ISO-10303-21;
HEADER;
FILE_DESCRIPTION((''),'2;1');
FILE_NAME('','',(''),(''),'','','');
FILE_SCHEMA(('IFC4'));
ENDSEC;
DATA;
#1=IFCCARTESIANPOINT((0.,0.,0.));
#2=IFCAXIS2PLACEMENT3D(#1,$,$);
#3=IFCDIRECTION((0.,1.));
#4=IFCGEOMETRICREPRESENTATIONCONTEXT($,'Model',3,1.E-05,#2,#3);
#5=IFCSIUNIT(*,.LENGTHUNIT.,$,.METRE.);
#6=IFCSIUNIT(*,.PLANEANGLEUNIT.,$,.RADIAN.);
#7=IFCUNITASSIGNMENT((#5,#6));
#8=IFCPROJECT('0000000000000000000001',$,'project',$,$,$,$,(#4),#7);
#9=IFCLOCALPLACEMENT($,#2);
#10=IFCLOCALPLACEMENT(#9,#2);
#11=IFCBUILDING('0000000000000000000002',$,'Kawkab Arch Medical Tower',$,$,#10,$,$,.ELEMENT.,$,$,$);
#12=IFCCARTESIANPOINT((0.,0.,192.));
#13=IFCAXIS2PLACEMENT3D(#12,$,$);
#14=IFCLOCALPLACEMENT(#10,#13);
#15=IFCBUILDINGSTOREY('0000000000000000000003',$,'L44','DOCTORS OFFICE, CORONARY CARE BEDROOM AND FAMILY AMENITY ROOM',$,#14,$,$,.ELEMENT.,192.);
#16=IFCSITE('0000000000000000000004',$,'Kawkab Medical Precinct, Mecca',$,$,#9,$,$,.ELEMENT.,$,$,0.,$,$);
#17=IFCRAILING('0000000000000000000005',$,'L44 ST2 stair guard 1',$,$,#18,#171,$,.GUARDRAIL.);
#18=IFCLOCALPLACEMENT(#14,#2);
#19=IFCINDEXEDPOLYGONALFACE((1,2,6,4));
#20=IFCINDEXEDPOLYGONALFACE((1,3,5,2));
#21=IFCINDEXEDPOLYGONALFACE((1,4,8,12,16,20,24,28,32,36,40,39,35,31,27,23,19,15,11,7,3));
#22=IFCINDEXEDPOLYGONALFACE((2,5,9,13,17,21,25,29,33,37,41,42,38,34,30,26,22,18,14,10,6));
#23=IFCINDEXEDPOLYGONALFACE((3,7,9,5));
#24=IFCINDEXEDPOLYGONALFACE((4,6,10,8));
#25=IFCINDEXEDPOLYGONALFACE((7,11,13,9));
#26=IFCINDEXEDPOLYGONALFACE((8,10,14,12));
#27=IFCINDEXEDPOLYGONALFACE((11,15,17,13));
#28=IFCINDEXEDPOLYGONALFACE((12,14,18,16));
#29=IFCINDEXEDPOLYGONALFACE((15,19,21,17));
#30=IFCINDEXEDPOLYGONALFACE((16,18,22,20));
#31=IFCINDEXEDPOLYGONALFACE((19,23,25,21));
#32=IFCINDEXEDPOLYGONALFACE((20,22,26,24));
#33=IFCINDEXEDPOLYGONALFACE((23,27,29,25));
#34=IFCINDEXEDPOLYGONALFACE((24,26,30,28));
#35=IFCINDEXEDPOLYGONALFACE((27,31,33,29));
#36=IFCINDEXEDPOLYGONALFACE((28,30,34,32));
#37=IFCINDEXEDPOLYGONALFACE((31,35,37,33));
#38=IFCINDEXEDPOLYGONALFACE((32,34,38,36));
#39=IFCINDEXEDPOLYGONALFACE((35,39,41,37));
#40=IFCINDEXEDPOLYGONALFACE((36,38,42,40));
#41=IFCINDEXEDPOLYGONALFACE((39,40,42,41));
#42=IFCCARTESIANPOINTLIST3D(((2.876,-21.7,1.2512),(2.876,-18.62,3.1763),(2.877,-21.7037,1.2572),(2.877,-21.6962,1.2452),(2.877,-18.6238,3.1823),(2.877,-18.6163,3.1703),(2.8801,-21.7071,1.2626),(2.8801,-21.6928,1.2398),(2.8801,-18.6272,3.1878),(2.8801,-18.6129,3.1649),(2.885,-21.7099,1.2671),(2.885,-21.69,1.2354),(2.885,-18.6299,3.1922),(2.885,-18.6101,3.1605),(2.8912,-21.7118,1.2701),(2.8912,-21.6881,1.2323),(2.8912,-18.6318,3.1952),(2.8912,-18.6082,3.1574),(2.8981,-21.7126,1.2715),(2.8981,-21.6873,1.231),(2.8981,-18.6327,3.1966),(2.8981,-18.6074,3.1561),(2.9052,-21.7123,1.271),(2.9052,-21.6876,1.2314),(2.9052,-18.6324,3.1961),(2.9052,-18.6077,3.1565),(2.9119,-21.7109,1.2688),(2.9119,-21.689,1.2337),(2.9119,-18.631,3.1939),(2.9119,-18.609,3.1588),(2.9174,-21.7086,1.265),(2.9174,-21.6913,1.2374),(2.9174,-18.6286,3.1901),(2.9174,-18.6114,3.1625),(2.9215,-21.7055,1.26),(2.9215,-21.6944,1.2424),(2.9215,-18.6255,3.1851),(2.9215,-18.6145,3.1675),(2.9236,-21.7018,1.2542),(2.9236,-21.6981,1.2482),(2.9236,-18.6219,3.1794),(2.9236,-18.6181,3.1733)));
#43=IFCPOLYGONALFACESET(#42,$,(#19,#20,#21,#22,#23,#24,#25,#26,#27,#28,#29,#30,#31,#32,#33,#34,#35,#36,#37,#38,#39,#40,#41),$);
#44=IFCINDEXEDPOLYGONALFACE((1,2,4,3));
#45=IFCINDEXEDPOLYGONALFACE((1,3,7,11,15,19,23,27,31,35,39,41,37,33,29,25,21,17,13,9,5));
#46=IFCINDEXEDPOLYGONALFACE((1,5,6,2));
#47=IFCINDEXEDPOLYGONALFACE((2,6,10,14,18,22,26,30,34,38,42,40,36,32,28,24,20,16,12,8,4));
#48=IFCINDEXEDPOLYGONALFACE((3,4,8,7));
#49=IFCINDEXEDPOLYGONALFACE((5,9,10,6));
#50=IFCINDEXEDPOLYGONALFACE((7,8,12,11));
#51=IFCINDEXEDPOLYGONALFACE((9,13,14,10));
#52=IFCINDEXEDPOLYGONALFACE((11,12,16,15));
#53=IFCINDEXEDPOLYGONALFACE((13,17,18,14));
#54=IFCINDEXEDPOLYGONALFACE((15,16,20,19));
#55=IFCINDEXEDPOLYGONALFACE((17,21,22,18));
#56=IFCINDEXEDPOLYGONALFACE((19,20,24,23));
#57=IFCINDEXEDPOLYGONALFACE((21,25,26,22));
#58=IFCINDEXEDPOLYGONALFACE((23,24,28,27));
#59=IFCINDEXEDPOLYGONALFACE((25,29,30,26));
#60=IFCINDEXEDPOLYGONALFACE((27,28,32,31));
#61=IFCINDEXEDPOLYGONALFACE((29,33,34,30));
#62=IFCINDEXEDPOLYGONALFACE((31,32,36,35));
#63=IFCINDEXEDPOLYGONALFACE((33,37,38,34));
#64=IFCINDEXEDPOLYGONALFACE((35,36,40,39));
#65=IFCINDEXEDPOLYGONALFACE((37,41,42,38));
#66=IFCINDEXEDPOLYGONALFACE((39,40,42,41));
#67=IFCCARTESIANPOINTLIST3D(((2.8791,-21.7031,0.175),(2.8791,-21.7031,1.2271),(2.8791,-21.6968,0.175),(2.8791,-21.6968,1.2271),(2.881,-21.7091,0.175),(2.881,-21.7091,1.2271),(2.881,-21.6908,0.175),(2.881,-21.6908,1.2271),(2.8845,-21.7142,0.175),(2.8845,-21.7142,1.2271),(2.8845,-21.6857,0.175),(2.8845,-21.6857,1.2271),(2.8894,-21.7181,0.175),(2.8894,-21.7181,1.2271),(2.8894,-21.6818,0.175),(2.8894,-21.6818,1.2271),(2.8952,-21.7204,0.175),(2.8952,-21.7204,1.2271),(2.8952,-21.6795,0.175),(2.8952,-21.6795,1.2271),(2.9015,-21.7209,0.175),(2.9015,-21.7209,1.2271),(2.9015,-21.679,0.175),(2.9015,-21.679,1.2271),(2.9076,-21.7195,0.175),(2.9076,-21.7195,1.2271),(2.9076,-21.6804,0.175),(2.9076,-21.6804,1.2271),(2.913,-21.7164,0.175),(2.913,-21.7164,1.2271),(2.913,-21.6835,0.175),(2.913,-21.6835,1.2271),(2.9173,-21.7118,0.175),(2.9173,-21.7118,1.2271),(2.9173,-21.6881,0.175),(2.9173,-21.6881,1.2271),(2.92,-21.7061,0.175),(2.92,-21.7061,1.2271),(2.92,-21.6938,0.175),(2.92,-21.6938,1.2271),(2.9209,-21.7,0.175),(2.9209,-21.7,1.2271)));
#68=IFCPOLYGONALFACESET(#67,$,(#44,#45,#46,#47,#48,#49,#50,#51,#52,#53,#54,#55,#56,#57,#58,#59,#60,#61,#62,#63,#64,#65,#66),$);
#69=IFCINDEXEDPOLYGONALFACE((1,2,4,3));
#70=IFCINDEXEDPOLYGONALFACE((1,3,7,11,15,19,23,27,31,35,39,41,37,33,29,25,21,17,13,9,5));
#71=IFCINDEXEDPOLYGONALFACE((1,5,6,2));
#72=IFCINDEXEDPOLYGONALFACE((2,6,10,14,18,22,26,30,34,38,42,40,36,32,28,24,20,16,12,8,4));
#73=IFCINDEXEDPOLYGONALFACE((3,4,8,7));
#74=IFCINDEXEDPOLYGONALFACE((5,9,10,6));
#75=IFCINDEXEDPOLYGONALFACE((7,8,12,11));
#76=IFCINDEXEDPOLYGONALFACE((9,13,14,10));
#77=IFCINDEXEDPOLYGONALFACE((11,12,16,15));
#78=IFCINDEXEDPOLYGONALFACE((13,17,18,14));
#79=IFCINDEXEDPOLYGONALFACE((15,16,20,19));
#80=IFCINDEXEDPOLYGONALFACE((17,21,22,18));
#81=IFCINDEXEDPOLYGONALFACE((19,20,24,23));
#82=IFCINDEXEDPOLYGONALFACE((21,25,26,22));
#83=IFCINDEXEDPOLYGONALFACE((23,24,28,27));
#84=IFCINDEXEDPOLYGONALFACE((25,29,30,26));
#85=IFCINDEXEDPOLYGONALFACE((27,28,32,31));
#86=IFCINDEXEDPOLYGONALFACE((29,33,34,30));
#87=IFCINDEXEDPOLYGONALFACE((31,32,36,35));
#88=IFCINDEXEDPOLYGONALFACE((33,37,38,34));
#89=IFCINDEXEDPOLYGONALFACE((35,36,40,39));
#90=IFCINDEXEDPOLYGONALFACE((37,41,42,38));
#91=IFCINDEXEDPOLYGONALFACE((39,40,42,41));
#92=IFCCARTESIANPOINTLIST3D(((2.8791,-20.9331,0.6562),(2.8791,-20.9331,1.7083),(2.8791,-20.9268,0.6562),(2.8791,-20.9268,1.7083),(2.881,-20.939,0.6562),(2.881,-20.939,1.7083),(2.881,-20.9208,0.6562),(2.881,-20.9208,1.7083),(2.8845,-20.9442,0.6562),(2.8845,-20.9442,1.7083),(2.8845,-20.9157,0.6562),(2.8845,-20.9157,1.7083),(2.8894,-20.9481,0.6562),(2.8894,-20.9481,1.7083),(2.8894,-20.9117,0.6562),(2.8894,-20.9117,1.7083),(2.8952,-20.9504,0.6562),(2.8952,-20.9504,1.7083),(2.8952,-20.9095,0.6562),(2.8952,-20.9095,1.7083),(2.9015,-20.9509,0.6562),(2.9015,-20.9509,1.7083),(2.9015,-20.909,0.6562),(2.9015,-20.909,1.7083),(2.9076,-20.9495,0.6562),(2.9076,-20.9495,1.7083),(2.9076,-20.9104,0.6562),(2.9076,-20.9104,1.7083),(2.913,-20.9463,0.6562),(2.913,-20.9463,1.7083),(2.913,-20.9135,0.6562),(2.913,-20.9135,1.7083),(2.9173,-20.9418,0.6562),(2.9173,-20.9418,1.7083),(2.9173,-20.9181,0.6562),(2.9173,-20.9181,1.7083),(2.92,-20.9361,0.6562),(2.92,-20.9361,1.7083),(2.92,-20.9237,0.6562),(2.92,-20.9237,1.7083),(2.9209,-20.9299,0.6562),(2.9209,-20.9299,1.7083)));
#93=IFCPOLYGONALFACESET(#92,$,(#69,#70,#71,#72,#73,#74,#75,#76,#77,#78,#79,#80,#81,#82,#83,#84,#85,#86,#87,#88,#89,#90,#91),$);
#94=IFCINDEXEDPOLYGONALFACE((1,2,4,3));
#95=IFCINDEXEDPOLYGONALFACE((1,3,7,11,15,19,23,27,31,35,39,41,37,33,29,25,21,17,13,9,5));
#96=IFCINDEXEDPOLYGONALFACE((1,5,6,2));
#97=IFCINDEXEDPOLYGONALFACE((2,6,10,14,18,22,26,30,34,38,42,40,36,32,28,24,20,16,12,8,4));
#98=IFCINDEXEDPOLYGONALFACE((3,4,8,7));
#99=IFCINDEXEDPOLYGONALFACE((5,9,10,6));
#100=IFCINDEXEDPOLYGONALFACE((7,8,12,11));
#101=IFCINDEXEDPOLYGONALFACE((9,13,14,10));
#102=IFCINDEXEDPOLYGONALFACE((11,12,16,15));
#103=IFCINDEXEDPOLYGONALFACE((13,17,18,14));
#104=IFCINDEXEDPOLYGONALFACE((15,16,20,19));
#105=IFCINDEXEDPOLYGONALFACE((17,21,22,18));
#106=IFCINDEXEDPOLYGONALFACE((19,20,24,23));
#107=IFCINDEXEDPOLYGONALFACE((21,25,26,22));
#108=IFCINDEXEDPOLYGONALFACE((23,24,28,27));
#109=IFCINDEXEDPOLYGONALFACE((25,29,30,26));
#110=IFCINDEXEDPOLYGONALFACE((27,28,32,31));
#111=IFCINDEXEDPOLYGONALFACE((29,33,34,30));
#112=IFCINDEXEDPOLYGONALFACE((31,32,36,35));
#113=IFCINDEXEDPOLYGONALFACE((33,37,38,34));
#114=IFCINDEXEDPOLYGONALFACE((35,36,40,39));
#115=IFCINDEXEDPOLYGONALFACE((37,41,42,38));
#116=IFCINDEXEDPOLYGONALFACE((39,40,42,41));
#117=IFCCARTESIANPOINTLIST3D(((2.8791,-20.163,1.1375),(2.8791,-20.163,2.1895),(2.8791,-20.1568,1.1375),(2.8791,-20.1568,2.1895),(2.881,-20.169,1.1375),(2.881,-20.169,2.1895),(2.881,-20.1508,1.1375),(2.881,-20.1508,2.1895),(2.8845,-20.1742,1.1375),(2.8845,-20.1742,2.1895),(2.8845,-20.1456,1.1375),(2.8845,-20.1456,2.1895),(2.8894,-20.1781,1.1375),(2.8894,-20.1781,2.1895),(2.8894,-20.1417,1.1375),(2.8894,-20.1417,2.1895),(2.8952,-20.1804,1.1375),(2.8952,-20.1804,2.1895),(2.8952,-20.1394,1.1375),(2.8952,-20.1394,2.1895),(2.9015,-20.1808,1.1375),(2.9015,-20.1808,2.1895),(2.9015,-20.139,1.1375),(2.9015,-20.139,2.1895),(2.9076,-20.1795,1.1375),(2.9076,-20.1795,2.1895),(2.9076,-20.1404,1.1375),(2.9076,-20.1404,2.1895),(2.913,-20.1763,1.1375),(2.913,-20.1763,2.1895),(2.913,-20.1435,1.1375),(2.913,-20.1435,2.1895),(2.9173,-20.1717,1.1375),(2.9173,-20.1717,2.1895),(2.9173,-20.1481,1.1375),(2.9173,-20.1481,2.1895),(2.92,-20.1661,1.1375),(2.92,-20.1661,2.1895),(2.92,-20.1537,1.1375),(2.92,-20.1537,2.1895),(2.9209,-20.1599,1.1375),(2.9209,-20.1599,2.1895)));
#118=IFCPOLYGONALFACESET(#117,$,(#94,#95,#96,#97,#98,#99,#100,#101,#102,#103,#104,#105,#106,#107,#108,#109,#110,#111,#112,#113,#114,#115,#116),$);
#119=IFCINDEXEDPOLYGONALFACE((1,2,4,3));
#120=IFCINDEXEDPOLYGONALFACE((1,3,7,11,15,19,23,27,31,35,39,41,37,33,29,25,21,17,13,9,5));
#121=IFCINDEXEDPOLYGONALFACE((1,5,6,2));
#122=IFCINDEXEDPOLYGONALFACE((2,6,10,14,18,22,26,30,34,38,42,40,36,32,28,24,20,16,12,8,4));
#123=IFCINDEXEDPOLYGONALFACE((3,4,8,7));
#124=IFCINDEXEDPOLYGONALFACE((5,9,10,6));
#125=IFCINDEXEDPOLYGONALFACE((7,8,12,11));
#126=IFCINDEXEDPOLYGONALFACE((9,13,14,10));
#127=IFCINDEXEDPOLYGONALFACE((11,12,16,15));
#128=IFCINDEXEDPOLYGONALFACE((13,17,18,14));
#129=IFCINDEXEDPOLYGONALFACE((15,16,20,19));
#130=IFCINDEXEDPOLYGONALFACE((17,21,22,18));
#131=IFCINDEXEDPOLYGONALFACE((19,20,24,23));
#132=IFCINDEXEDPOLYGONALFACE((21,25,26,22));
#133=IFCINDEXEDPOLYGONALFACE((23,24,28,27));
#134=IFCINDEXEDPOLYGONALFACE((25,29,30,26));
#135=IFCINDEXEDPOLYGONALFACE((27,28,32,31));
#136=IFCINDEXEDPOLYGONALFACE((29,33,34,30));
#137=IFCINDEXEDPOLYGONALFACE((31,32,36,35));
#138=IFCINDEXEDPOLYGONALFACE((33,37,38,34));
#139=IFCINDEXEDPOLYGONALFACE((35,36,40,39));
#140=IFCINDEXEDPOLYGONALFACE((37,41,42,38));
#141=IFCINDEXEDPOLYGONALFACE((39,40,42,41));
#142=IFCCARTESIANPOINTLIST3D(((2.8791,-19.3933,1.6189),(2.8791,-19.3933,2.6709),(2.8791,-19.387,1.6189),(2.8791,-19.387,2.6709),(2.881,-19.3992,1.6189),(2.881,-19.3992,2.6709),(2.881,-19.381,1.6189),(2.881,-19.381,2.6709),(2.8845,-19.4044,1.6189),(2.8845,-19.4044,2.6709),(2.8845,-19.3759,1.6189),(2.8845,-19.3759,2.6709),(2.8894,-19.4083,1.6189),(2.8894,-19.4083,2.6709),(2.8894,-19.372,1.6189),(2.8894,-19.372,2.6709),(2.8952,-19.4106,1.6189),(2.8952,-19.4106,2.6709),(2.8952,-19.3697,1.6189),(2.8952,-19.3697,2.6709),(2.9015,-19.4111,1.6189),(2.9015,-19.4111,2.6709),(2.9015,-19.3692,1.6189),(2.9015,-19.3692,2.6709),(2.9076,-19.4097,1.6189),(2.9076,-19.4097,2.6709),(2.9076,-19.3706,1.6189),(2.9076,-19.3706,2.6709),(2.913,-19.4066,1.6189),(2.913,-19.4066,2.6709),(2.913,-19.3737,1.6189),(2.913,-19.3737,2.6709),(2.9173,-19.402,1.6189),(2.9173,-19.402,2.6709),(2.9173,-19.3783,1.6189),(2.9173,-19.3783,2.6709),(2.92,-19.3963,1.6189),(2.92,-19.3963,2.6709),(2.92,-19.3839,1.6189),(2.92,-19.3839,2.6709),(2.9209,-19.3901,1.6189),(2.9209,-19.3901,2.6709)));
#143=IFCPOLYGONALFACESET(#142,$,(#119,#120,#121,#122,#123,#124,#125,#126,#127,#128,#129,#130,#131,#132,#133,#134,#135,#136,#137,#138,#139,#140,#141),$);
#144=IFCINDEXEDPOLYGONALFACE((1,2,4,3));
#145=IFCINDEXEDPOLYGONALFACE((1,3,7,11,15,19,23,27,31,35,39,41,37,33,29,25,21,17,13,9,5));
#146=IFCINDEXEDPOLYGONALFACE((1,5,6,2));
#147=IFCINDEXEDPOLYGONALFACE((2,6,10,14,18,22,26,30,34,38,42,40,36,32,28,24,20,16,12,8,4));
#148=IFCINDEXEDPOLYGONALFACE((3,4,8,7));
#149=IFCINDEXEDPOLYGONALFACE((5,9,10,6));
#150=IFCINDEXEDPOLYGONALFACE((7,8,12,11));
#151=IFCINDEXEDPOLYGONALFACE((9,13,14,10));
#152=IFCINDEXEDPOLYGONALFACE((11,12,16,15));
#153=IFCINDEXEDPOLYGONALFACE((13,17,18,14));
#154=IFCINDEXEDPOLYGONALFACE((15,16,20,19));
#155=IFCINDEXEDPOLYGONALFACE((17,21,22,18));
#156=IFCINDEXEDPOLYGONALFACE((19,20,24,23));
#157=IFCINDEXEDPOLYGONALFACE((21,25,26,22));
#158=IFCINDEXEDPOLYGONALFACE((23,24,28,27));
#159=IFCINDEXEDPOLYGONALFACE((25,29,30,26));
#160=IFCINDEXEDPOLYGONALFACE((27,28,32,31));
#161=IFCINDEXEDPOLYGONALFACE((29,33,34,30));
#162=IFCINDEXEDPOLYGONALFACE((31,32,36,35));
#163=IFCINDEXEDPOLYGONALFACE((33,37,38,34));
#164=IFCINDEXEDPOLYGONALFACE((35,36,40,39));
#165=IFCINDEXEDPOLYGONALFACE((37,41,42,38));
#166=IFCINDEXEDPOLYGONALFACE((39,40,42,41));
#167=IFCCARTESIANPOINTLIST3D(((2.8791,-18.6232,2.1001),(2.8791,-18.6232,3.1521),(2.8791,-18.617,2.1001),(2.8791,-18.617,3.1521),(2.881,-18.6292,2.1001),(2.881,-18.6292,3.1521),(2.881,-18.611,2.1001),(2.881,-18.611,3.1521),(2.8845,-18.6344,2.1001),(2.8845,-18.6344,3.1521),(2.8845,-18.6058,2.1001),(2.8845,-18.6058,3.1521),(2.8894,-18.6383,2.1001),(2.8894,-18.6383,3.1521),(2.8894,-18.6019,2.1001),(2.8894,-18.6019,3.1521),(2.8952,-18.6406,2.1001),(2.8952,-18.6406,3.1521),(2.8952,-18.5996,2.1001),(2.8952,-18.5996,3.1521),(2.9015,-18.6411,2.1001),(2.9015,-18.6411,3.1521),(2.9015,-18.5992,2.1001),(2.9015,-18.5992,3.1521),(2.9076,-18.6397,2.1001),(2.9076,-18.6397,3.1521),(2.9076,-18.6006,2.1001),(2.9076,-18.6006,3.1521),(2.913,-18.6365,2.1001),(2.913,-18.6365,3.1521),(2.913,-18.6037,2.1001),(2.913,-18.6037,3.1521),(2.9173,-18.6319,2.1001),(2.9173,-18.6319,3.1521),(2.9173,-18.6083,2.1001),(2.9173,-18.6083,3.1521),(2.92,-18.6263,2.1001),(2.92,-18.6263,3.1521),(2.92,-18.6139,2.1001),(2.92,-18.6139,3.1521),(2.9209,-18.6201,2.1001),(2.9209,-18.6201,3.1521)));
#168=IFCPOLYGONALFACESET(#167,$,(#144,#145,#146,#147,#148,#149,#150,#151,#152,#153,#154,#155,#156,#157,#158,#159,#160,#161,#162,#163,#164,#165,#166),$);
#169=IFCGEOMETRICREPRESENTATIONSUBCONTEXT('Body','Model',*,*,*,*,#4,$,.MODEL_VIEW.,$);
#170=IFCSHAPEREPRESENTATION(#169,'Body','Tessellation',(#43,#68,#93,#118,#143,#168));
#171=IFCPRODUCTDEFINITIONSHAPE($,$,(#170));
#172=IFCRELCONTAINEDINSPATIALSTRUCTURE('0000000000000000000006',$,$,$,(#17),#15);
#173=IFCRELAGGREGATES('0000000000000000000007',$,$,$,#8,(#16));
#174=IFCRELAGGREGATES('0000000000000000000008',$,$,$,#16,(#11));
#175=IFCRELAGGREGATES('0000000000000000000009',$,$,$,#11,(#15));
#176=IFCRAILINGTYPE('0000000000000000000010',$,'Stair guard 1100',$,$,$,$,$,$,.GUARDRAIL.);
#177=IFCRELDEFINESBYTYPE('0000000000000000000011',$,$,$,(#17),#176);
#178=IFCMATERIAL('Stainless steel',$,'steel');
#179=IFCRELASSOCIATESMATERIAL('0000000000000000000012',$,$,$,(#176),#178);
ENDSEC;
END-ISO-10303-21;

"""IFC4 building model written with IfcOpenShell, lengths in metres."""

from ifc_helpers import new_model, si_unit, direction, frame, origin, origin_2d, place, context, subcontext, project, spatial, circle, extrude, material, type_object, element, save


model = new_model("IFC4")

# Units and contexts
model_context = context("Model", 3, precision=1e-05, world=origin(), true_north=direction((0.0, 1.0)))
body_context = subcontext(model_context, "Body", "Model", "MODEL_VIEW")
ifc_project = project(units=[si_unit("LENGTHUNIT", "METRE"), si_unit("PLANEANGLEUNIT", "RADIAN")], contexts=[model_context])

# Site, building, storey
site_placement = place(None, origin())
site = spatial("IfcSite", under=ifc_project, at=site_placement, Name="Kawkab Medical Precinct, Mecca", CompositionType="ELEMENT", RefElevation=0.0)
building_placement = place(site_placement, origin())
building = spatial("IfcBuilding", under=site, at=building_placement, Name="Kawkab Arch Medical Tower", CompositionType="ELEMENT")
storey_placement = place(building_placement, frame((0.0, 0.0, 192.0)))
storey = spatial("IfcBuildingStorey", under=building, at=storey_placement, Name="L44", Description="DOCTORS OFFICE, CORONARY CARE BEDROOM AND FAMILY AMENITY ROOM", CompositionType="ELEMENT", Elevation=192.0)

# Railing
ifc_material_1 = material(Name="Stainless steel", Category="steel")
railing_type_1 = type_object("IfcRailingType", Name="Stair guard 1100", PredefinedType="GUARDRAIL", material=ifc_material_1)
railing_1_placement = place(storey_placement, frame((2.8999, -21.7, 0.175)))
element("IfcRailing", 1, at=railing_1_placement, inside=storey, type_object=railing_type_1, Name="L44 ST2 stair guard 1", PredefinedType="GUARDRAIL", context=body_context, shape_type="SweptSolid", body=[
    extrude(circle(Radius=0.0239, at=origin_2d()), frame((0.0, 0.0, 1.0762), z_axis=(0.0, 0.847979, 0.530029), x_axis=(-1.0, 0.0, 0.0)), (0.0, 0.0, 1.0), 3.6321),
    extrude(circle(Radius=0.021, at=origin_2d()), origin(), (0.0, 0.0, 1.0), 1.052),
    extrude(circle(Radius=0.021, at=origin_2d()), frame((0.0, 0.77, 0.4812)), (0.0, 0.0, 1.0), 1.052),
    extrude(circle(Radius=0.021, at=origin_2d()), frame((0.0, 1.54, 0.9624)), (0.0, 0.0, 1.0), 1.052),
    extrude(circle(Radius=0.021, at=origin_2d()), frame((0.0, 2.3098, 1.4438)), (0.0, 0.0, 1.0), 1.052),
    extrude(circle(Radius=0.021, at=origin_2d()), frame((0.0, 3.0798, 1.925)), (0.0, 0.0, 1.0), 1.052),
])

save(model, "model.ifc")
